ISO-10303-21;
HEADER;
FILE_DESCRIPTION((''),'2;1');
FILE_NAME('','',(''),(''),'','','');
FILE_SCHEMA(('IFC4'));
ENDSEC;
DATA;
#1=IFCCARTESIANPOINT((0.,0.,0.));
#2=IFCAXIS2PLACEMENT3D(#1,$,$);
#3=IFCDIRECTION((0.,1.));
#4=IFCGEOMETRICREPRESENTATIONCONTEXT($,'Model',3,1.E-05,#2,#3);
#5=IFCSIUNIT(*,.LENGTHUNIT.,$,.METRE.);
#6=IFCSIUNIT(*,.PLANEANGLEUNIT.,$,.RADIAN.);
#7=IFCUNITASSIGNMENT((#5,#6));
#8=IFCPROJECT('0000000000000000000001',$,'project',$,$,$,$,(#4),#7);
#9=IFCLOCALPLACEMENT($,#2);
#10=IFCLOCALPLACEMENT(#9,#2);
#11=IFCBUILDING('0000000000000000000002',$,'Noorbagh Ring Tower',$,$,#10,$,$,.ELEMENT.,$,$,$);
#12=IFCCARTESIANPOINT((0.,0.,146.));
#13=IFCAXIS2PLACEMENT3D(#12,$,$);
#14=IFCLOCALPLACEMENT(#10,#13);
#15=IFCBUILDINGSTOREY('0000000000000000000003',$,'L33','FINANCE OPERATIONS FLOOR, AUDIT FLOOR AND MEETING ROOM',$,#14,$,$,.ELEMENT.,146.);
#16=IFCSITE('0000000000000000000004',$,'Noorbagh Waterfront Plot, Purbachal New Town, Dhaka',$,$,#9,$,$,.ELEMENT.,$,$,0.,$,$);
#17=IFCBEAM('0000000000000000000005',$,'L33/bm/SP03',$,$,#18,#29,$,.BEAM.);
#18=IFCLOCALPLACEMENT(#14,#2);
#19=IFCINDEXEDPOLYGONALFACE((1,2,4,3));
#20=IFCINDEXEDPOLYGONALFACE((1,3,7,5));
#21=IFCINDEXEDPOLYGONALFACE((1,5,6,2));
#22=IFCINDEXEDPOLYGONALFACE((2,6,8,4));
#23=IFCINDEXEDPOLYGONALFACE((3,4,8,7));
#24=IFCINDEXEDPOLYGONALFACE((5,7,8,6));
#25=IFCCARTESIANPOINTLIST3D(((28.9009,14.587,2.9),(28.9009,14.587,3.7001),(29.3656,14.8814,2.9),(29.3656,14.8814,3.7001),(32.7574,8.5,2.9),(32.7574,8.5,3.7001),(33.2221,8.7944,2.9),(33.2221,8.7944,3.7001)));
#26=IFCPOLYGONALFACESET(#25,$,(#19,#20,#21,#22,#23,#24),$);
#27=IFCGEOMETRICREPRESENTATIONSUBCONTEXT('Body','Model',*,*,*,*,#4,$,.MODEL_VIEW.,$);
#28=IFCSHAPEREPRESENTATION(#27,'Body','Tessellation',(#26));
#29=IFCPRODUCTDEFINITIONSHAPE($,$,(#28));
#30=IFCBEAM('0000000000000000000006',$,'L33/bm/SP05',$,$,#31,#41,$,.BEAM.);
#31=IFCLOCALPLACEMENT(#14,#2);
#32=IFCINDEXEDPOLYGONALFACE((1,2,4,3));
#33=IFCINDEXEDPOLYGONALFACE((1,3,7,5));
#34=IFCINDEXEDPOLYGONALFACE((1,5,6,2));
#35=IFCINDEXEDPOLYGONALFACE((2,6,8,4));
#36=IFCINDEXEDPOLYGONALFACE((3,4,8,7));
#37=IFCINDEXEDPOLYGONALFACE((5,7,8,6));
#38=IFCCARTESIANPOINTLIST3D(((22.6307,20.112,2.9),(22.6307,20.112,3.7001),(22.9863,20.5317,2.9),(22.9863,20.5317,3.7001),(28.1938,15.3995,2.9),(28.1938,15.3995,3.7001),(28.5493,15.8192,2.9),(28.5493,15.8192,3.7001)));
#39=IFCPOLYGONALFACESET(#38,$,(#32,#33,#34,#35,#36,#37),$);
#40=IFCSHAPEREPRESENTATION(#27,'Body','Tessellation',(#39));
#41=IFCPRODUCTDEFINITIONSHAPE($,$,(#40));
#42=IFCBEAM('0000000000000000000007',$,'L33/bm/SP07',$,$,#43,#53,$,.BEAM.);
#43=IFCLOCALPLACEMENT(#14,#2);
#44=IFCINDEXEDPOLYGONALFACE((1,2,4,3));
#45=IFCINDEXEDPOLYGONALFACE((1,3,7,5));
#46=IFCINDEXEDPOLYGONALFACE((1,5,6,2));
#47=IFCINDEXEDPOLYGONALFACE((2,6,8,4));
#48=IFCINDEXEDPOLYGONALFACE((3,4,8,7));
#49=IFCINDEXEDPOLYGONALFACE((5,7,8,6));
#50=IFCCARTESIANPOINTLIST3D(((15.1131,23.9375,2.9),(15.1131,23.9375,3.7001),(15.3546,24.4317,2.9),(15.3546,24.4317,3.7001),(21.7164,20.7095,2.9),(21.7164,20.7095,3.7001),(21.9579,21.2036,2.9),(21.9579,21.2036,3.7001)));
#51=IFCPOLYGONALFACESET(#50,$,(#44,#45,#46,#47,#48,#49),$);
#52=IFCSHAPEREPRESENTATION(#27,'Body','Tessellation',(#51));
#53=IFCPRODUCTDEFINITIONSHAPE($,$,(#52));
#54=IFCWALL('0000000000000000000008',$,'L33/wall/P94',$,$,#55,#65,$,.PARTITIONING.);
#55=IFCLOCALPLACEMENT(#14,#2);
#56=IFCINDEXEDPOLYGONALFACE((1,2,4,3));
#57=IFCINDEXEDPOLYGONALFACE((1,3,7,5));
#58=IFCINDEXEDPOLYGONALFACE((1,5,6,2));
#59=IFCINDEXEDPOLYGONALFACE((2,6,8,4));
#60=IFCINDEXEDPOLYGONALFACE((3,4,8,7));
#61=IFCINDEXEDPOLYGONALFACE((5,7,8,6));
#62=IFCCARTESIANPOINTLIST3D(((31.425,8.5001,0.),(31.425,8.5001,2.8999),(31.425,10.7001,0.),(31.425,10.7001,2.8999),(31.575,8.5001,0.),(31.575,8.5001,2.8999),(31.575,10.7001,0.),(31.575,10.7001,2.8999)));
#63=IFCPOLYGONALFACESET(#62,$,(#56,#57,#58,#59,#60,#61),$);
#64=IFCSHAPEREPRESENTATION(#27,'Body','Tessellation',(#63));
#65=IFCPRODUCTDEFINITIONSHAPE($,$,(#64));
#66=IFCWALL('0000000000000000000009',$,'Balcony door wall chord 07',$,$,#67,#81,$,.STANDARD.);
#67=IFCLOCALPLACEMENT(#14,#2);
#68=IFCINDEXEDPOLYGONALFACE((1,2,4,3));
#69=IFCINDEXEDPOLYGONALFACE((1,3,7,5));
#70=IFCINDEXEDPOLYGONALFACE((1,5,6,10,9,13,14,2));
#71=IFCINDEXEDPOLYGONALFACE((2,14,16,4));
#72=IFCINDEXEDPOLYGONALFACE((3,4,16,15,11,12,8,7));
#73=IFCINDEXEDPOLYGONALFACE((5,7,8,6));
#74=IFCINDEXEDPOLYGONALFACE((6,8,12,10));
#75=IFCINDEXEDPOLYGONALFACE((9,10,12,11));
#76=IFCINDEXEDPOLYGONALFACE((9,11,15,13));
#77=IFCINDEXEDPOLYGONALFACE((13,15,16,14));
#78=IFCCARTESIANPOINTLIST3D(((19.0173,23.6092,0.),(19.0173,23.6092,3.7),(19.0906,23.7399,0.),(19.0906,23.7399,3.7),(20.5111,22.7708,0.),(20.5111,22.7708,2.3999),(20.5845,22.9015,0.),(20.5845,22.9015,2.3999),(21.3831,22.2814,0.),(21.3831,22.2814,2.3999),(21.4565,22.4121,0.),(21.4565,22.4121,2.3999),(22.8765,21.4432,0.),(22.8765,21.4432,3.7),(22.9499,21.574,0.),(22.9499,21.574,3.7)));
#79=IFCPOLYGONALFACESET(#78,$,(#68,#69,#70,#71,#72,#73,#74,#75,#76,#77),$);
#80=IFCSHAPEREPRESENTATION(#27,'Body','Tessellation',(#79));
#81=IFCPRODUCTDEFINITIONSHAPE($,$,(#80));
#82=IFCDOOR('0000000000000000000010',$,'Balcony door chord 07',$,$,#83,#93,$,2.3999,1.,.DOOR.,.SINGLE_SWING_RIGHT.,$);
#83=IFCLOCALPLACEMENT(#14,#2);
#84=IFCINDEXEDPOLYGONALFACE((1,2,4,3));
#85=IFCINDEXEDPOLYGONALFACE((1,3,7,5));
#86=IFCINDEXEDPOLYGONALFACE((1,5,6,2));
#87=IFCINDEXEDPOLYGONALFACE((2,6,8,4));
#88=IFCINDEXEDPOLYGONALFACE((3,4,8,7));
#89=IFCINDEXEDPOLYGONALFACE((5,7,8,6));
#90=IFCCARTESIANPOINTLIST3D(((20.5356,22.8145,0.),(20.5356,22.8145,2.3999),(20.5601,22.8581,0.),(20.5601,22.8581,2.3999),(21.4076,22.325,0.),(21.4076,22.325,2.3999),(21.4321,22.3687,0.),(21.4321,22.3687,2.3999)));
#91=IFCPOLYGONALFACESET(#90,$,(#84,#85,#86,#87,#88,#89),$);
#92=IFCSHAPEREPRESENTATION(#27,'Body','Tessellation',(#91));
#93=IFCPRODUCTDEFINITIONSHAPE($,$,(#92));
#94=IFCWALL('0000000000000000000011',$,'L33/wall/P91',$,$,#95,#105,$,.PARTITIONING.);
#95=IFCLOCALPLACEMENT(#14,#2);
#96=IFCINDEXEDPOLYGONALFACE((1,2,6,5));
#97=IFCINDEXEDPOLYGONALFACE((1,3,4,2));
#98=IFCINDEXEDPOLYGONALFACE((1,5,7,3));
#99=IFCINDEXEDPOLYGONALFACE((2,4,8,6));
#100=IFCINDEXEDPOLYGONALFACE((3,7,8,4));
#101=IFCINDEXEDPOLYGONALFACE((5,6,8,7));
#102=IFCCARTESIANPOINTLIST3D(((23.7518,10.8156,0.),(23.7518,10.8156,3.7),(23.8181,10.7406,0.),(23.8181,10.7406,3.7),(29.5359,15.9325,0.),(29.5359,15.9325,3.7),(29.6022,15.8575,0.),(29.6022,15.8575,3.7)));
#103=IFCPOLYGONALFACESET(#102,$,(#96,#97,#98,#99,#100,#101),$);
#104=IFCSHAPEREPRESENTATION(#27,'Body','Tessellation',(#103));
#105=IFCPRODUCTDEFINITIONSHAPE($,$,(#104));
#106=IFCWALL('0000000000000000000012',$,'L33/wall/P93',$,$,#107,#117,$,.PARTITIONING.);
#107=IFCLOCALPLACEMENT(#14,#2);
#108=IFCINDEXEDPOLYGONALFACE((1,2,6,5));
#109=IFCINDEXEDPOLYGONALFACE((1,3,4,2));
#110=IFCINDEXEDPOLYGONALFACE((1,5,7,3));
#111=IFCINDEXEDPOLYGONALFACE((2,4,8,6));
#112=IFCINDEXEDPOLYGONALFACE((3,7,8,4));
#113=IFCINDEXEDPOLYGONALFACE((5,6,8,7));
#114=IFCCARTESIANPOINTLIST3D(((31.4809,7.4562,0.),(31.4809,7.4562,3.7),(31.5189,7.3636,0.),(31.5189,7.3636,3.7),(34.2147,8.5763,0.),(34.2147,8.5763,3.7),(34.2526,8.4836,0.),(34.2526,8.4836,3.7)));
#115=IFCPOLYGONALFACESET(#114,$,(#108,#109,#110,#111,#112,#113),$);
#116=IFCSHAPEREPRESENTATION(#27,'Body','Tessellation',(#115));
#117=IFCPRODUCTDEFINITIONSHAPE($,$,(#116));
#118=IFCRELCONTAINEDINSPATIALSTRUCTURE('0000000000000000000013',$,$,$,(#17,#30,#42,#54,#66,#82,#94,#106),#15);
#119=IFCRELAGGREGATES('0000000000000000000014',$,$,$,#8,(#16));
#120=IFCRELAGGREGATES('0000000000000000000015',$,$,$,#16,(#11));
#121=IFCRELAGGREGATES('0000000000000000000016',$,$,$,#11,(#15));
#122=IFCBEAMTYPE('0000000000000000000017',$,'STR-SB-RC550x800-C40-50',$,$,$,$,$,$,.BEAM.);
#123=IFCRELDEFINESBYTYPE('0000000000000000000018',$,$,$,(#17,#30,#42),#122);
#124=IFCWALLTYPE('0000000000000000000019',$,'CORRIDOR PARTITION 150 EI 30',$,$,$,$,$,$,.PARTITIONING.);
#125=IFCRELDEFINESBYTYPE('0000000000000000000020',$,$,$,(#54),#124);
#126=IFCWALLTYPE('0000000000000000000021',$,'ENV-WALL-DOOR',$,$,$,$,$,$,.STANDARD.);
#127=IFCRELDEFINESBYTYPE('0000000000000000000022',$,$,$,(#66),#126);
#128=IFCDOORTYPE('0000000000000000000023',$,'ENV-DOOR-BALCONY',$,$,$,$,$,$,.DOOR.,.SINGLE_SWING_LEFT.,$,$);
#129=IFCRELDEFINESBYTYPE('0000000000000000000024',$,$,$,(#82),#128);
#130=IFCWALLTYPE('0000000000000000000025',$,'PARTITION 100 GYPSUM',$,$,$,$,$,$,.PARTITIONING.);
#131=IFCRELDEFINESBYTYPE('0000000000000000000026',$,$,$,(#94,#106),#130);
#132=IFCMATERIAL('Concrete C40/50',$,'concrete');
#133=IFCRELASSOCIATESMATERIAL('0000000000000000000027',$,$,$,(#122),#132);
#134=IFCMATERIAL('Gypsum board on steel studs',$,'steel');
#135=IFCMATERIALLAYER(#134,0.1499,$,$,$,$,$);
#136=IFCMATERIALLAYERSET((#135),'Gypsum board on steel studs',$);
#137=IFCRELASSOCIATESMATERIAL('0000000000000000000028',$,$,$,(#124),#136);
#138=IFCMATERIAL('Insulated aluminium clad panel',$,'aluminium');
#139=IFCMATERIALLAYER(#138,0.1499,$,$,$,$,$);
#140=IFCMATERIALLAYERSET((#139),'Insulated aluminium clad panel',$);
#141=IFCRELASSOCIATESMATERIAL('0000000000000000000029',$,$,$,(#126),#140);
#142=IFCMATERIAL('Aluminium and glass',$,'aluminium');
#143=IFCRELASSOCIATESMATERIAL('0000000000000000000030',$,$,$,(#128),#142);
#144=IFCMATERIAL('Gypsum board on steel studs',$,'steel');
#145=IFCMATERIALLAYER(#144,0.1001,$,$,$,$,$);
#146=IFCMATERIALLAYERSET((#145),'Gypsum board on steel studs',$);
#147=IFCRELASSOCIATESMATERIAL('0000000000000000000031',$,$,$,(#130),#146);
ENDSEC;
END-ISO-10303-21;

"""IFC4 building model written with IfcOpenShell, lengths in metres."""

from ifc_helpers import new_model, si_unit, direction, frame, frame_2d, origin, origin_2d, place, context, subcontext, project, spatial, rectangle, extrude, material, layer, layer_set, material_profile, profile_set, type_object, element, fill, save


model = new_model("IFC4")

# Units and contexts
model_context = context("Model", 3, precision=1e-05, world=origin(), true_north=direction((0.0, 1.0)))
body_context = subcontext(model_context, "Body", "Model", "MODEL_VIEW")
ifc_project = project(units=[si_unit("LENGTHUNIT", "METRE"), si_unit("PLANEANGLEUNIT", "RADIAN")], contexts=[model_context])

# Site, building, storey
site_placement = place(None, origin())
site = spatial("IfcSite", under=ifc_project, at=site_placement, Name="Noorbagh Waterfront Plot, Purbachal New Town, Dhaka", CompositionType="ELEMENT", RefElevation=0.0)
building_placement = place(site_placement, origin())
building = spatial("IfcBuilding", under=site, at=building_placement, Name="Noorbagh Ring Tower", CompositionType="ELEMENT")
storey_placement = place(building_placement, frame((0.0, 0.0, 146.0)))
storey = spatial("IfcBuildingStorey", under=building, at=storey_placement, Name="L33", Description="FINANCE OPERATIONS FLOOR, AUDIT FLOOR AND MEETING ROOM", CompositionType="ELEMENT", Elevation=146.0)

# Beams
ifc_material_1 = material(Name="Concrete C40/50", Category="concrete")
ifc_material_profile_1 = material_profile(ifc_material_1, rectangle(XDim=0.55, YDim=0.8, at=origin_2d()), Name="RC550x800")
ifc_profile_set_1 = profile_set([ifc_material_profile_1], Name="Concrete C40/50")
beam_type_1 = type_object("IfcBeamType", Name="STR-SB-RC550x800-C40-50", PredefinedType="BEAM", material=ifc_profile_set_1)
beam_1_placement = place(storey_placement, frame((32.9897, 8.6472, 3.3), z_axis=(-0.535191, 0.844731, 0.0), x_axis=(-0.844731, -0.535191, 0.0)))
element("IfcBeam", 1, at=beam_1_placement, inside=storey, type_object=beam_type_1, Name="L33/bm/SP03", PredefinedType="BEAM", context=body_context, shape_type="SweptSolid", body=[
    extrude(rectangle(XDim=0.55, YDim=0.8, at=origin_2d()), origin(), (0.0, 0.0, 1.0), 7.2058),
])
beam_2_placement = place(storey_placement, frame((28.3716, 15.6094, 3.3), z_axis=(-0.763031, 0.646362, 0.0), x_axis=(-0.646362, -0.763031, 0.0)))
element("IfcBeam", 2, at=beam_2_placement, inside=storey, type_object=beam_type_1, Name="L33/bm/SP05", PredefinedType="BEAM", context=body_context, shape_type="SweptSolid", body=[
    extrude(rectangle(XDim=0.55, YDim=0.8, at=origin_2d()), origin(), (0.0, 0.0, 1.0), 7.2908),
])
beam_3_placement = place(storey_placement, frame((21.8372, 20.9565, 3.3), z_axis=(-0.898397, 0.439184, 0.0), x_axis=(-0.439184, -0.898397, 0.0)))
element("IfcBeam", 3, at=beam_3_placement, inside=storey, type_object=beam_type_1, Name="L33/bm/SP07", PredefinedType="BEAM", context=body_context, shape_type="SweptSolid", body=[
    extrude(rectangle(XDim=0.55, YDim=0.8, at=origin_2d()), origin(), (0.0, 0.0, 1.0), 7.3501),
])

# Wall
ifc_material_2 = material(Name="Gypsum board on steel studs", Category="steel")
ifc_layer_1 = layer(ifc_material_2, 0.1499)
ifc_layer_set_1 = layer_set([ifc_layer_1], Name="Gypsum board on steel studs")
wall_type_1 = type_object("IfcWallType", Name="CORRIDOR PARTITION 150 EI 30", PredefinedType="PARTITIONING", material=ifc_layer_set_1)
wall_1_placement = place(storey_placement, frame((31.5, 8.5, 0.0), z_axis=(0.0, 0.0, 1.0), x_axis=(0.0, 1.0, 0.0)))
element("IfcWall", 4, at=wall_1_placement, inside=storey, type_object=wall_type_1, Name="L33/wall/P94", PredefinedType="PARTITIONING", context=body_context, shape_type="SweptSolid", body=[
    extrude(rectangle(XDim=2.2, YDim=0.1499, at=frame_2d((1.1001, 0.0))), origin(), (0.0, 0.0, 1.0), 2.8999),
])

# Wall, opening, door
ifc_material_3 = material(Name="Insulated aluminium clad panel", Category="aluminium")
ifc_layer_2 = layer(ifc_material_3, 0.1499)
ifc_layer_set_2 = layer_set([ifc_layer_2], Name="Insulated aluminium clad panel")
wall_type_2 = type_object("IfcWallType", Name="ENV-WALL-DOOR", PredefinedType="STANDARD", material=ifc_layer_set_2)
wall_2_placement = place(storey_placement, frame((22.9133, 21.5085, 0.0), z_axis=(0.0, 0.0, 1.0), x_axis=(-0.872047, 0.489423, 0.0)))
wall_2 = element("IfcWall", 5, at=wall_2_placement, inside=storey, type_object=wall_type_2, Name="Balcony door wall chord 07", PredefinedType="STANDARD", context=body_context, shape_type="SweptSolid", body=[
    extrude(rectangle(XDim=4.4255, YDim=0.1499, at=frame_2d((2.2129, 0.0))), origin(), (0.0, 0.0, 1.0), 3.7),
])
opening_placement = place(wall_2_placement, frame((1.7126, 0.0, 0.0)))
opening = element("IfcOpeningElement", 6, at=opening_placement, cuts=wall_2, PredefinedType="OPENING", context=body_context, shape_type="SweptSolid", body=[
    extrude(rectangle(XDim=1.0, YDim=2.3999, at=frame_2d((0.5, 1.2))), frame((0.0, 0.085, 0.0), z_axis=(0.0, -1.0, 0.0), x_axis=(1.0, 0.0, 0.0)), (0.0, 0.0, 1.0), 0.1699),
])
ifc_material_4 = material(Name="Aluminium and glass", Category="aluminium")
door_type = type_object("IfcDoorType", Name="ENV-DOOR-BALCONY", OperationType="SINGLE_SWING_LEFT", PredefinedType="DOOR", material=ifc_material_4)
door_placement = place(opening_placement, origin())
door = element("IfcDoor", 7, at=door_placement, inside=storey, type_object=door_type, Name="Balcony door chord 07", OperationType="SINGLE_SWING_RIGHT", OverallHeight=2.3999, OverallWidth=1.0, PredefinedType="DOOR", context=body_context, shape_type="SweptSolid", body=[
    extrude(rectangle(XDim=1.0, YDim=2.3999, at=frame_2d((0.5, 1.2))), frame((0.0, 0.0249, 0.0), z_axis=(0.0, -1.0, 0.0), x_axis=(1.0, 0.0, 0.0)), (0.0, 0.0, 1.0), 0.05),
])
fill(opening, door)

# Walls
ifc_material_5 = material(Name="Gypsum board on steel studs", Category="steel")
ifc_layer_3 = layer(ifc_material_5, 0.1001)
ifc_layer_set_3 = layer_set([ifc_layer_3], Name="Gypsum board on steel studs")
wall_type_3 = type_object("IfcWallType", Name="PARTITION 100 GYPSUM", PredefinedType="PARTITIONING", material=ifc_layer_set_3)
wall_3_placement = place(storey_placement, frame((23.7849, 10.7781, 0.0), z_axis=(0.0, 0.0, 1.0), x_axis=(0.748986, 0.662586, 0.0)))
element("IfcWall", 8, at=wall_3_placement, inside=storey, type_object=wall_type_3, Name="L33/wall/P91", PredefinedType="PARTITIONING", context=body_context, shape_type="SweptSolid", body=[
    extrude(rectangle(XDim=7.7227, YDim=0.1001, at=frame_2d((3.8613, 0.0))), origin(), (0.0, 0.0, 1.0), 3.7),
])
wall_4_placement = place(storey_placement, frame((31.5, 7.4099, 0.0), z_axis=(0.0, 0.0, 1.0), x_axis=(0.925344, 0.379128, 0.0)))
element("IfcWall", 9, at=wall_4_placement, inside=storey, type_object=wall_type_3, Name="L33/wall/P93", PredefinedType="PARTITIONING", context=body_context, shape_type="SweptSolid", body=[
    extrude(rectangle(XDim=2.9543, YDim=0.1001, at=frame_2d((1.4771, 0.0))), origin(), (0.0, 0.0, 1.0), 3.7),
])

save(model, "model.ifc")
